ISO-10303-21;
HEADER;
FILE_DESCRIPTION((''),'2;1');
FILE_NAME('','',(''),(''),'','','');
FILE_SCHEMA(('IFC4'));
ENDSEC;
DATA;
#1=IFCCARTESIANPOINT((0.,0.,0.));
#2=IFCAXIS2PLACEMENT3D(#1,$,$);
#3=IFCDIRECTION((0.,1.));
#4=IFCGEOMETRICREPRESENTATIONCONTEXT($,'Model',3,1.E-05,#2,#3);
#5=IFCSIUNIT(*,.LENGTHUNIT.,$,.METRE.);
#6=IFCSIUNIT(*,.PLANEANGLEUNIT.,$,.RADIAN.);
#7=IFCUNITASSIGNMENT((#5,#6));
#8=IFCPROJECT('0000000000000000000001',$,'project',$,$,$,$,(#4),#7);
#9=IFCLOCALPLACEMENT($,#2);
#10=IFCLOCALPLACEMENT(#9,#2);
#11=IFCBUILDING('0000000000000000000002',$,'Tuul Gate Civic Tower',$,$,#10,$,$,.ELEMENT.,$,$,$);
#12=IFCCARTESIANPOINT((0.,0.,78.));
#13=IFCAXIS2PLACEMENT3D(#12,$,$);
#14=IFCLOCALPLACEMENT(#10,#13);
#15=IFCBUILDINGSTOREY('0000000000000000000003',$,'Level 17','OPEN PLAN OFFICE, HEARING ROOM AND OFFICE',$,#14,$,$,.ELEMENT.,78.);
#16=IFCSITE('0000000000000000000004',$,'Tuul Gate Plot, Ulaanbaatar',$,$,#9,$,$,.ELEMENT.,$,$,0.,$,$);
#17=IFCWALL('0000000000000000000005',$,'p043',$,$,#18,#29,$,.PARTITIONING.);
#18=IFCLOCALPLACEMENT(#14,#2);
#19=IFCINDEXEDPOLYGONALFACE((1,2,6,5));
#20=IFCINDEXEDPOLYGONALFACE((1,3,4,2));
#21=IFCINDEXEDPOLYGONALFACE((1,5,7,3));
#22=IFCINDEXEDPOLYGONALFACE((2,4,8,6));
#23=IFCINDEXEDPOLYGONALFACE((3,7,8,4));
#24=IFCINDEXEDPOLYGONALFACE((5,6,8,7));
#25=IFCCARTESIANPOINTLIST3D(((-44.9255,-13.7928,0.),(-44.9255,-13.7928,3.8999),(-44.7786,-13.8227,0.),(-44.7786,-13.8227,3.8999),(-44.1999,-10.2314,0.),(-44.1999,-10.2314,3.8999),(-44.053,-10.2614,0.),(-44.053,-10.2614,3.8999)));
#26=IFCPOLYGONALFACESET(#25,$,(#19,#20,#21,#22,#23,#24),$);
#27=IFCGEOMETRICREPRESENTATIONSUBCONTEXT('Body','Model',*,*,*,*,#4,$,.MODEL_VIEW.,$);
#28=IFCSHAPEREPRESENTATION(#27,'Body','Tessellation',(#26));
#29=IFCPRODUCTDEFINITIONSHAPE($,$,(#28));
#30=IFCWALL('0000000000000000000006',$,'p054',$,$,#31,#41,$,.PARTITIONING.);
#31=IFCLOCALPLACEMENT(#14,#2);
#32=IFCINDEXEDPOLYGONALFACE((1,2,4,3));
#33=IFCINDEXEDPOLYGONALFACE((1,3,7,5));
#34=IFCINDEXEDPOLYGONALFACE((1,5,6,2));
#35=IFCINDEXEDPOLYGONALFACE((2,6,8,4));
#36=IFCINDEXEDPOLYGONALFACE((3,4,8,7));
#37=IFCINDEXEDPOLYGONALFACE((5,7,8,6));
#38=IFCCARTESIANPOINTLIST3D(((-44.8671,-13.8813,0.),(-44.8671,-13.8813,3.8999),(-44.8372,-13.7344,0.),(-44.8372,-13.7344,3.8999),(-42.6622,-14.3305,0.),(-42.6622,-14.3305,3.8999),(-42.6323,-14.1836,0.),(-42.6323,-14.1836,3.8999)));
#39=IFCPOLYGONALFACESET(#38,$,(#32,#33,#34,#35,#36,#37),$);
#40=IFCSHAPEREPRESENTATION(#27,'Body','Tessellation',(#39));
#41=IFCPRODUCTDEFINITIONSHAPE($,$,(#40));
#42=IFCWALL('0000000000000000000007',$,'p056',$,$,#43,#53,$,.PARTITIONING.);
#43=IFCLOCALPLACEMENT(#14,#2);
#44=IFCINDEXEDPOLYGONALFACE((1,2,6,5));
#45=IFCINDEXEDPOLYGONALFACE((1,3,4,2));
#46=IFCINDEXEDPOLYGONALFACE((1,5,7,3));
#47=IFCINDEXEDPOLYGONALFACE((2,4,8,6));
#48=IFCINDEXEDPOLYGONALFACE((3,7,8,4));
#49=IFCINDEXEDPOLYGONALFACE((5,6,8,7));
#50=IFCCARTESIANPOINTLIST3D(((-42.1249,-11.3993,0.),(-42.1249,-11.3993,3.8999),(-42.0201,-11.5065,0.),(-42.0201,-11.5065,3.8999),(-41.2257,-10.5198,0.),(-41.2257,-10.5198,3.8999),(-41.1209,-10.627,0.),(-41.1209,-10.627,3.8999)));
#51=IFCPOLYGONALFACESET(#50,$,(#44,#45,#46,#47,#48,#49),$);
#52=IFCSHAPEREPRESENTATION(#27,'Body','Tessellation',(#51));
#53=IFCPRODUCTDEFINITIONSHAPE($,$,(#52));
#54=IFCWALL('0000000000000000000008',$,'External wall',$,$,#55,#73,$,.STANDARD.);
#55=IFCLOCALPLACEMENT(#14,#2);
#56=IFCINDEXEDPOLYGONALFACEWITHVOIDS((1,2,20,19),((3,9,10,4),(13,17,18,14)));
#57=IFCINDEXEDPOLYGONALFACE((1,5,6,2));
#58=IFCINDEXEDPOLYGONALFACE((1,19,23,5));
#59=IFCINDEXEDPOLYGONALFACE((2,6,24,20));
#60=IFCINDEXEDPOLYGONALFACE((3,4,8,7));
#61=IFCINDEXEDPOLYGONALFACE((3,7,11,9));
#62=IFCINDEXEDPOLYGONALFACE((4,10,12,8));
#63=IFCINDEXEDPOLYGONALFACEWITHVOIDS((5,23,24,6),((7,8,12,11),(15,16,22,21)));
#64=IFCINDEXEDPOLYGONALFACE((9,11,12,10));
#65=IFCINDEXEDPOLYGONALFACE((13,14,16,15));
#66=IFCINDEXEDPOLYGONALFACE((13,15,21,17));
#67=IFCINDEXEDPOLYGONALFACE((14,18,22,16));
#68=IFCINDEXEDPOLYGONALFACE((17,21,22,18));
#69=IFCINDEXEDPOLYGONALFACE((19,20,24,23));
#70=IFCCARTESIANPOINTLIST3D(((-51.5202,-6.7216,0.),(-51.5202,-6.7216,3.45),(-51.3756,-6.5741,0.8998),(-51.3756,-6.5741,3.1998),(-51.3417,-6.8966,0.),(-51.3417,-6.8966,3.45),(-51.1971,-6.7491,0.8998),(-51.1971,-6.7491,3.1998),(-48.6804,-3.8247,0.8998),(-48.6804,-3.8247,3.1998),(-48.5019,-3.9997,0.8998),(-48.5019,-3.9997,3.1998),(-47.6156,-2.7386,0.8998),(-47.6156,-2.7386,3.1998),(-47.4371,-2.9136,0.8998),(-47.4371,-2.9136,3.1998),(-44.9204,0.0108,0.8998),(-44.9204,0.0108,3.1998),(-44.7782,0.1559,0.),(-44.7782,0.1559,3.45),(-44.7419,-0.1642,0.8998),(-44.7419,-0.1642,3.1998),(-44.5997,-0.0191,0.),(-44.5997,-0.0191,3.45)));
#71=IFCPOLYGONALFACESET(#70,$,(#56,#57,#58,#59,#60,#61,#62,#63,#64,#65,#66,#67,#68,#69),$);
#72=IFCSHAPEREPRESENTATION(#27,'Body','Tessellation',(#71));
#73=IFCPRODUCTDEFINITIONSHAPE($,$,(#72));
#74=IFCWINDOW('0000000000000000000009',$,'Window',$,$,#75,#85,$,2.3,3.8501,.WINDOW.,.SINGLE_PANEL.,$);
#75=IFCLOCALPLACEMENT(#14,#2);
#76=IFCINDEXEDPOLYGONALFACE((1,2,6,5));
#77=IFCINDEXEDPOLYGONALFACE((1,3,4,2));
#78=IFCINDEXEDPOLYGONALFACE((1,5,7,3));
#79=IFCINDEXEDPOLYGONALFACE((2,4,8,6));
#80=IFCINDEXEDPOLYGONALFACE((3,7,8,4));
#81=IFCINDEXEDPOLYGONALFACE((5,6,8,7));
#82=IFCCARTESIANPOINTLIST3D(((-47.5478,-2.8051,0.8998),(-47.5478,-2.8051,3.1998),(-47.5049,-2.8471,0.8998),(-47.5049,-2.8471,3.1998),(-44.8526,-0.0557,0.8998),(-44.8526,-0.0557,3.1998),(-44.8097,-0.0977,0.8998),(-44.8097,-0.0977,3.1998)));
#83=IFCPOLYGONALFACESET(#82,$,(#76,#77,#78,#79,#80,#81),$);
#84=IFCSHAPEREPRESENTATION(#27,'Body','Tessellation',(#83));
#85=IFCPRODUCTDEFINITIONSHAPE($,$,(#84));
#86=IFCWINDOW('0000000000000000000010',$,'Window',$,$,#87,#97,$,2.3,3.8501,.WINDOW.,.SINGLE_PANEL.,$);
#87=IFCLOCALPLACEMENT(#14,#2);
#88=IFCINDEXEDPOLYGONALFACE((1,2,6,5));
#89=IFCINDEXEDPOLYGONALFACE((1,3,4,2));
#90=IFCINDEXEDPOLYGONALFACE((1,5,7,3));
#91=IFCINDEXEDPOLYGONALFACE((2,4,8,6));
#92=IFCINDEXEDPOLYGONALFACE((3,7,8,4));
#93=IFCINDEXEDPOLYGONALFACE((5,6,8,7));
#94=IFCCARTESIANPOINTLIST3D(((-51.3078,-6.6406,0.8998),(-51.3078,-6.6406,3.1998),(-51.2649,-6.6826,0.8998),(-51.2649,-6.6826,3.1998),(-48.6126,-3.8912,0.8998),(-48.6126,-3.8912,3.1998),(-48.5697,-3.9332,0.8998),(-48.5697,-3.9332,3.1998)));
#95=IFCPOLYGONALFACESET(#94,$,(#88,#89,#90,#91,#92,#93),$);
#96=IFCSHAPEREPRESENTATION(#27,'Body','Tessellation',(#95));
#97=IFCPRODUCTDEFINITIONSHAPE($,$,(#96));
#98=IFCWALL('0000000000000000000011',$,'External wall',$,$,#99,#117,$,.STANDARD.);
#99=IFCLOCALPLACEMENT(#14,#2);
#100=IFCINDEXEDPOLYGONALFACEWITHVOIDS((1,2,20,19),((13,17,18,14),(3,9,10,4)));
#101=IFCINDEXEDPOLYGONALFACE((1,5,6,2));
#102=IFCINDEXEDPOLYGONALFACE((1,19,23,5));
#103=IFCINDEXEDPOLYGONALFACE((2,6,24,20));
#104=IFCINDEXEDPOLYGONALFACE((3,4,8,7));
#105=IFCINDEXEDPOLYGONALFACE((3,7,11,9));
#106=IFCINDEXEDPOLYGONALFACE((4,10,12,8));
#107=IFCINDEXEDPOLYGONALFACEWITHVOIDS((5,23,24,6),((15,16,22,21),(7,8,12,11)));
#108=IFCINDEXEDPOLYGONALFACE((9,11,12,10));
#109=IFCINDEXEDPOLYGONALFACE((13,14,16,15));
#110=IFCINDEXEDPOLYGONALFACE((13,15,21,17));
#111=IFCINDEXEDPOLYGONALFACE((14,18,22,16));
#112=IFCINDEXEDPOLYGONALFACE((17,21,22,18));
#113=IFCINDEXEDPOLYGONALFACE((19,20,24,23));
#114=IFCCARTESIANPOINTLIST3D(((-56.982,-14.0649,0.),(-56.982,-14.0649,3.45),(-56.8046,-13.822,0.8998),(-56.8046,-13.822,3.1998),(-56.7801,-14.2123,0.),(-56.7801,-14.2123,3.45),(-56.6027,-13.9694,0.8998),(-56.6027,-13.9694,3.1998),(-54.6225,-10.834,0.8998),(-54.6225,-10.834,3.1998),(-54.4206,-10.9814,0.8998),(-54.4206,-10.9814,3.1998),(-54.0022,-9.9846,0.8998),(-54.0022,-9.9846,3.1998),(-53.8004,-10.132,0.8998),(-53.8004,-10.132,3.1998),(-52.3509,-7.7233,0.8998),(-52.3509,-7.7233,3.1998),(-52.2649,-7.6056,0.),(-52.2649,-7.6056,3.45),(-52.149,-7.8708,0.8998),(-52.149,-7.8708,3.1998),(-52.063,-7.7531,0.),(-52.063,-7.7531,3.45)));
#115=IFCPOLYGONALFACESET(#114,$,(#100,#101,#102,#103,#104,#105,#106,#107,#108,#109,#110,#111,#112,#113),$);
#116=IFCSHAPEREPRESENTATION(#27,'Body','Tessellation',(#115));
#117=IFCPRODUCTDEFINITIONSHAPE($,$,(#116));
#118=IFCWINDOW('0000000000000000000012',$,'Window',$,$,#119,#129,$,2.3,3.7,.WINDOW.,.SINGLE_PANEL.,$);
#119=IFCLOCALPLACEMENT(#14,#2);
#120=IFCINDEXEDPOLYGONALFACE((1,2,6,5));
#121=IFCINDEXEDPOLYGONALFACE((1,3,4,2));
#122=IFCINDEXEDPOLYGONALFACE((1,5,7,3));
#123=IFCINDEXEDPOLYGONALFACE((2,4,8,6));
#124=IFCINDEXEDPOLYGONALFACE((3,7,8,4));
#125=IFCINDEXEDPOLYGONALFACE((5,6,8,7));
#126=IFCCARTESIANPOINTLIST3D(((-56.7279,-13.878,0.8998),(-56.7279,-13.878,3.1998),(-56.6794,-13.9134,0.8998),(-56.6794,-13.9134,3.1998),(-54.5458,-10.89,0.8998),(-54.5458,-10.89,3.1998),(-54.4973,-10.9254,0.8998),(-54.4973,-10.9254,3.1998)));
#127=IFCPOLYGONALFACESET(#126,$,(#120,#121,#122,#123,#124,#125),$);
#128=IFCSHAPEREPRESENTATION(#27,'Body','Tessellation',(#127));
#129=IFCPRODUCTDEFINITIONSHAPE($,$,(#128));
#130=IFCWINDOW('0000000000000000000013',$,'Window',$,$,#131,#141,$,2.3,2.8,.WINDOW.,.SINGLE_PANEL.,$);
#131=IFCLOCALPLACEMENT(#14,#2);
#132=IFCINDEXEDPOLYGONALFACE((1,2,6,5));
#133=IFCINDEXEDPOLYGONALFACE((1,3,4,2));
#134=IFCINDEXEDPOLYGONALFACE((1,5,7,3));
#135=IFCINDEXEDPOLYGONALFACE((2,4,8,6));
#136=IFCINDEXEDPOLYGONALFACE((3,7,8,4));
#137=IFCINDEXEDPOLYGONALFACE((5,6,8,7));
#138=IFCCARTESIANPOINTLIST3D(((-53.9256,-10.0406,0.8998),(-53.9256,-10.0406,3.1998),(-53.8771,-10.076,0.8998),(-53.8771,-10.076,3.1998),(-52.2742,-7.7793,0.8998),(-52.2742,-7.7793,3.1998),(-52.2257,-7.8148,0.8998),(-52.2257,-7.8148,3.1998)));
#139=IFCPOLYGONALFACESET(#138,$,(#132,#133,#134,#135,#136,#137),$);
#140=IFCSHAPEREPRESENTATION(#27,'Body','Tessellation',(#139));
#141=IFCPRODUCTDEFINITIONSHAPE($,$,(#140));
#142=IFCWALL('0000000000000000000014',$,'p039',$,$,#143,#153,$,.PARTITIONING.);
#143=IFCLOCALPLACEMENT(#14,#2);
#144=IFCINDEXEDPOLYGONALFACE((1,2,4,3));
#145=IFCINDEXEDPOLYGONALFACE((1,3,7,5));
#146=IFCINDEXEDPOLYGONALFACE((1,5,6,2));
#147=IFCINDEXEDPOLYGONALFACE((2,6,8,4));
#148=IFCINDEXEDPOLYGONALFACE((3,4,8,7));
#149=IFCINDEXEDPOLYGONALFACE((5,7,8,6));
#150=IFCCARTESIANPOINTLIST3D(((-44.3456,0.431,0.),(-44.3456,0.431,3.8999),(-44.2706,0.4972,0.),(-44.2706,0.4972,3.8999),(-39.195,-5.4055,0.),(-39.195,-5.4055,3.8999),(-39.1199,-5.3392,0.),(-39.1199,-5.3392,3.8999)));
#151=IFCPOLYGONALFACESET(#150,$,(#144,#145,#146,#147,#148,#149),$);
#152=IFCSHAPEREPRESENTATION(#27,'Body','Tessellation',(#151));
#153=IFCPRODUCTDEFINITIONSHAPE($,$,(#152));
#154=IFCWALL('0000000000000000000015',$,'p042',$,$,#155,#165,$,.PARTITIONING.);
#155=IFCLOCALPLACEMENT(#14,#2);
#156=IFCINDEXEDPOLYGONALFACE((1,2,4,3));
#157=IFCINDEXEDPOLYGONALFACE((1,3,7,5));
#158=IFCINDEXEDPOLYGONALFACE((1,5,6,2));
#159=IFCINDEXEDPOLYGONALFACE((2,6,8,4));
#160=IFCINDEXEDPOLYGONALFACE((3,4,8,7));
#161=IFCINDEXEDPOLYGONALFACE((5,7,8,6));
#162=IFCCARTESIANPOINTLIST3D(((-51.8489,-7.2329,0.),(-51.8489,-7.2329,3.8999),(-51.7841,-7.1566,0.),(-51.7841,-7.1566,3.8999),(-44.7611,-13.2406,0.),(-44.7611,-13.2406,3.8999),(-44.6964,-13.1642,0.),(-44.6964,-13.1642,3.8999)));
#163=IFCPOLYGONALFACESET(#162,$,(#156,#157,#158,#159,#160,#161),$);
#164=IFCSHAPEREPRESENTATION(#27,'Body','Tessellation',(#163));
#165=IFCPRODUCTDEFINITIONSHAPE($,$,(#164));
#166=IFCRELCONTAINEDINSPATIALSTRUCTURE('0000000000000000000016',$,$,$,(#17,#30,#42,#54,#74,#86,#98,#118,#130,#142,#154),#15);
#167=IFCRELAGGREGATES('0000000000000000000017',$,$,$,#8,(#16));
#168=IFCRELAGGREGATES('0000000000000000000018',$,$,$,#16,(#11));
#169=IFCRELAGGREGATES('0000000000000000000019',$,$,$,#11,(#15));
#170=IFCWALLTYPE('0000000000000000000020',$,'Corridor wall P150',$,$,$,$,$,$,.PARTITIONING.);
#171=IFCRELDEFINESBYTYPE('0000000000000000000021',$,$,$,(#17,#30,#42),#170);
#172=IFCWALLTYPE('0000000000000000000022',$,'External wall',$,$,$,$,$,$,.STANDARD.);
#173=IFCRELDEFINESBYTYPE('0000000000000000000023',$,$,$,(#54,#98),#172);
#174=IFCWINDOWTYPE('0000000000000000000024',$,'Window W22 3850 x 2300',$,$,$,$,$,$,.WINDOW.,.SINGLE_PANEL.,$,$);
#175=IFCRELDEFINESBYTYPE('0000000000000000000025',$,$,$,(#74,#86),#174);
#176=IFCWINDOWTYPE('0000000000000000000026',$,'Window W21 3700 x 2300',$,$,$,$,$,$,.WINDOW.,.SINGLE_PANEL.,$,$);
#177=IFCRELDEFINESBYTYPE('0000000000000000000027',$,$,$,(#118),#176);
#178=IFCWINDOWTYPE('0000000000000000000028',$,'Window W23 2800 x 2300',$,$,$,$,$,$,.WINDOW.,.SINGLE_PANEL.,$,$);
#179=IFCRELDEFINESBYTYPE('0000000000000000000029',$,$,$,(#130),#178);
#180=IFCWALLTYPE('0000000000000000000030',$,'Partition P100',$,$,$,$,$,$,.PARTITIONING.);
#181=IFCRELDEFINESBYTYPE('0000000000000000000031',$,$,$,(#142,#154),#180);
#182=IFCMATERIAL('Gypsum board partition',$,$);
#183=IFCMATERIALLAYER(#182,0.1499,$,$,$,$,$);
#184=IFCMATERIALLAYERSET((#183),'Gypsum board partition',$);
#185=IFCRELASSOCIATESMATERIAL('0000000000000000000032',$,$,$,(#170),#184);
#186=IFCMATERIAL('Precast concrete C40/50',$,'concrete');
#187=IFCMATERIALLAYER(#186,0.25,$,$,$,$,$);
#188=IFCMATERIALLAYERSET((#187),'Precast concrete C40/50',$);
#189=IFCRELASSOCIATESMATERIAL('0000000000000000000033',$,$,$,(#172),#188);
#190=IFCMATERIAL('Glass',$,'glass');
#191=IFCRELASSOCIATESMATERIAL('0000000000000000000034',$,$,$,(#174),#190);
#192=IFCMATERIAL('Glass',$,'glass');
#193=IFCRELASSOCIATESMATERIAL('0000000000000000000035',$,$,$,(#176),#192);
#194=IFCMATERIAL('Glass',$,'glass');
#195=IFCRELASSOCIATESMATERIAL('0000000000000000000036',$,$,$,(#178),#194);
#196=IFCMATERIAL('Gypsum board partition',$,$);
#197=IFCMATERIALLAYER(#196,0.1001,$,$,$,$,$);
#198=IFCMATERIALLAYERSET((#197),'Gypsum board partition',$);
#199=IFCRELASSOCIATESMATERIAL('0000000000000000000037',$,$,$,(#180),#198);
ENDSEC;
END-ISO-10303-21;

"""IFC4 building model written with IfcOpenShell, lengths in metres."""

from ifc_helpers import new_model, si_unit, direction, frame, frame_2d, origin, place, context, subcontext, project, spatial, rectangle, extrude, material, layer, layer_set, type_object, element, fill, save


model = new_model("IFC4")

# Units and contexts
model_context = context("Model", 3, precision=1e-05, world=origin(), true_north=direction((0.0, 1.0)))
body_context = subcontext(model_context, "Body", "Model", "MODEL_VIEW")
ifc_project = project(units=[si_unit("LENGTHUNIT", "METRE"), si_unit("PLANEANGLEUNIT", "RADIAN")], contexts=[model_context])

# Site, building, storey
site_placement = place(None, origin())
site = spatial("IfcSite", under=ifc_project, at=site_placement, Name="Tuul Gate Plot, Ulaanbaatar", CompositionType="ELEMENT", RefElevation=0.0)
building_placement = place(site_placement, origin())
building = spatial("IfcBuilding", under=site, at=building_placement, Name="Tuul Gate Civic Tower", CompositionType="ELEMENT")
storey_placement = place(building_placement, frame((0.0, 0.0, 78.0)))
storey = spatial("IfcBuildingStorey", under=building, at=storey_placement, Name="Level 17", Description="OPEN PLAN OFFICE, HEARING ROOM AND OFFICE", CompositionType="ELEMENT", Elevation=78.0)

# Shared definitions
ifc_material_1 = material(Name="Gypsum board partition")
ifc_layer_1 = layer(ifc_material_1, 0.1499)
ifc_layer_set_1 = layer_set([ifc_layer_1], Name="Gypsum board partition")
wall_type_1 = type_object("IfcWallType", Name="Corridor wall P150", PredefinedType="PARTITIONING", material=ifc_layer_set_1)

# Walls
wall_1_placement = place(storey_placement, frame((-44.8521, -13.8079, 0.0), z_axis=(0.0, 0.0, 1.0), x_axis=(0.199642, 0.979869, 0.0)))
element("IfcWall", 1, at=wall_1_placement, inside=storey, type_object=wall_type_1, Name="p043", PredefinedType="PARTITIONING", context=body_context, shape_type="SweptSolid", body=[
    extrude(rectangle(XDim=3.6345, YDim=0.1499, at=frame_2d((1.8174, 0.0))), origin(), (0.0, 0.0, 1.0), 3.8999),
])
wall_2_placement = place(storey_placement, frame((-44.8521, -13.8079, 0.0), z_axis=(0.0, 0.0, 1.0), x_axis=(0.979869, -0.199641, 0.0)))
element("IfcWall", 2, at=wall_2_placement, inside=storey, type_object=wall_type_1, Name="p054", PredefinedType="PARTITIONING", context=body_context, shape_type="SweptSolid", body=[
    extrude(rectangle(XDim=2.2502, YDim=0.1499, at=frame_2d((1.125, 0.0))), origin(), (0.0, 0.0, 1.0), 3.8999),
])
wall_3_placement = place(storey_placement, frame((-42.0725, -11.4529, 0.0), z_axis=(0.0, 0.0, 1.0), x_axis=(0.714925, 0.699201, 0.0)))
element("IfcWall", 3, at=wall_3_placement, inside=storey, type_object=wall_type_1, Name="p056", PredefinedType="PARTITIONING", context=body_context, shape_type="SweptSolid", body=[
    extrude(rectangle(XDim=1.2578, YDim=0.1499, at=frame_2d((0.6289, 0.0))), origin(), (0.0, 0.0, 1.0), 3.8999),
])

# Walls, openings, windows
ifc_material_2 = material(Name="Precast concrete C40/50", Category="concrete")
ifc_layer_2 = layer(ifc_material_2, 0.25)
ifc_layer_set_2 = layer_set([ifc_layer_2], Name="Precast concrete C40/50")
wall_type_2 = type_object("IfcWallType", Name="External wall", PredefinedType="STANDARD", material=ifc_layer_set_2)
wall_4_placement = place(storey_placement, frame((-44.689, 0.0684, 0.0), z_axis=(0.0, 0.0, 1.0), x_axis=(-0.700037, -0.714106, 0.0)))
wall_4 = element("IfcWall", 4, at=wall_4_placement, inside=storey, type_object=wall_type_2, Name="External wall", PredefinedType="STANDARD", context=body_context, shape_type="SweptSolid", body=[
    extrude(rectangle(XDim=9.6309, YDim=0.25, at=frame_2d((4.8154, 0.0))), origin(), (0.0, 0.0, 1.0), 3.45),
])
opening_1_placement = place(wall_4_placement, frame((0.2031, 0.0, 0.8999)))
opening_1 = element("IfcOpeningElement", 5, at=opening_1_placement, cuts=wall_4, PredefinedType="OPENING", context=body_context, shape_type="SweptSolid", body=[
    extrude(rectangle(XDim=3.8501, YDim=2.3, at=frame_2d((1.925, 1.1499))), frame((0.0, 0.135, 0.0), z_axis=(0.0, -1.0, 0.0), x_axis=(1.0, 0.0, 0.0)), (0.0, 0.0, 1.0), 0.27),
])
opening_2_placement = place(wall_4_placement, frame((5.5742, 0.0, 0.8999)))
opening_2 = element("IfcOpeningElement", 6, at=opening_2_placement, cuts=wall_4, PredefinedType="OPENING", context=body_context, shape_type="SweptSolid", body=[
    extrude(rectangle(XDim=3.8501, YDim=2.3, at=frame_2d((1.925, 1.1499))), frame((0.0, 0.135, 0.0), z_axis=(0.0, -1.0, 0.0), x_axis=(1.0, 0.0, 0.0)), (0.0, 0.0, 1.0), 0.27),
])
ifc_material_3 = material(Name="Glass", Category="glass")
window_type_1 = type_object("IfcWindowType", Name="Window W22 3850 x 2300", PartitioningType="SINGLE_PANEL", PredefinedType="WINDOW", material=ifc_material_3)
window_1_placement = place(opening_1_placement, origin())
window_1 = element("IfcWindow", 7, at=window_1_placement, inside=storey, type_object=window_type_1, Name="Window", OverallHeight=2.3, OverallWidth=3.8501, PartitioningType="SINGLE_PANEL", PredefinedType="WINDOW", context=body_context, shape_type="SweptSolid", body=[
    extrude(rectangle(XDim=3.8501, YDim=2.3, at=frame_2d((1.925, 1.1499))), frame((0.0, 0.03, 0.0), z_axis=(0.0, -1.0, 0.0), x_axis=(1.0, 0.0, 0.0)), (0.0, 0.0, 1.0), 0.0601),
])
fill(opening_1, window_1)
window_2_placement = place(opening_2_placement, origin())
window_2 = element("IfcWindow", 8, at=window_2_placement, inside=storey, type_object=window_type_1, Name="Window", OverallHeight=2.3, OverallWidth=3.8501, PartitioningType="SINGLE_PANEL", PredefinedType="WINDOW", context=body_context, shape_type="SweptSolid", body=[
    extrude(rectangle(XDim=3.8501, YDim=2.3, at=frame_2d((1.925, 1.1499))), frame((0.0, 0.03, 0.0), z_axis=(0.0, -1.0, 0.0), x_axis=(1.0, 0.0, 0.0)), (0.0, 0.0, 1.0), 0.0601),
])
fill(opening_2, window_2)
wall_5_placement = place(storey_placement, frame((-52.1641, -7.6794, 0.0), z_axis=(0.0, 0.0, 1.0), x_axis=(-0.589759, -0.80758, 0.0)))
wall_5 = element("IfcWall", 9, at=wall_5_placement, inside=storey, type_object=wall_type_2, Name="External wall", PredefinedType="STANDARD", context=body_context, shape_type="SweptSolid", body=[
    extrude(rectangle(XDim=7.9983, YDim=0.25, at=frame_2d((3.999, 0.0))), origin(), (0.0, 0.0, 1.0), 3.45),
])
opening_3_placement = place(wall_5_placement, frame((0.1458, 0.0, 0.8999)))
opening_3 = element("IfcOpeningElement", 10, at=opening_3_placement, cuts=wall_5, PredefinedType="OPENING", context=body_context, shape_type="SweptSolid", body=[
    extrude(rectangle(XDim=2.8, YDim=2.3, at=frame_2d((1.3999, 1.1499))), frame((0.0, 0.135, 0.0), z_axis=(0.0, -1.0, 0.0), x_axis=(1.0, 0.0, 0.0)), (0.0, 0.0, 1.0), 0.27),
])
opening_4_placement = place(wall_5_placement, frame((3.9973, 0.0, 0.8999)))
opening_4 = element("IfcOpeningElement", 11, at=opening_4_placement, cuts=wall_5, PredefinedType="OPENING", context=body_context, shape_type="SweptSolid", body=[
    extrude(rectangle(XDim=3.7, YDim=2.3, at=frame_2d((1.8501, 1.1499))), frame((0.0, 0.135, 0.0), z_axis=(0.0, -1.0, 0.0), x_axis=(1.0, 0.0, 0.0)), (0.0, 0.0, 1.0), 0.27),
])
ifc_material_4 = material(Name="Glass", Category="glass")
window_type_2 = type_object("IfcWindowType", Name="Window W21 3700 x 2300", PartitioningType="SINGLE_PANEL", PredefinedType="WINDOW", material=ifc_material_4)
window_3_placement = place(opening_4_placement, origin())
window_3 = element("IfcWindow", 12, at=window_3_placement, inside=storey, type_object=window_type_2, Name="Window", OverallHeight=2.3, OverallWidth=3.7, PartitioningType="SINGLE_PANEL", PredefinedType="WINDOW", context=body_context, shape_type="SweptSolid", body=[
    extrude(rectangle(XDim=3.7, YDim=2.3, at=frame_2d((1.8501, 1.1499))), frame((0.0, 0.03, 0.0), z_axis=(0.0, -1.0, 0.0), x_axis=(1.0, 0.0, 0.0)), (0.0, 0.0, 1.0), 0.0601),
])
fill(opening_4, window_3)
ifc_material_5 = material(Name="Glass", Category="glass")
window_type_3 = type_object("IfcWindowType", Name="Window W23 2800 x 2300", PartitioningType="SINGLE_PANEL", PredefinedType="WINDOW", material=ifc_material_5)
window_4_placement = place(opening_3_placement, origin())
window_4 = element("IfcWindow", 13, at=window_4_placement, inside=storey, type_object=window_type_3, Name="Window", OverallHeight=2.3, OverallWidth=2.8, PartitioningType="SINGLE_PANEL", PredefinedType="WINDOW", context=body_context, shape_type="SweptSolid", body=[
    extrude(rectangle(XDim=2.8, YDim=2.3, at=frame_2d((1.3999, 1.1499))), frame((0.0, 0.03, 0.0), z_axis=(0.0, -1.0, 0.0), x_axis=(1.0, 0.0, 0.0)), (0.0, 0.0, 1.0), 0.0601),
])
fill(opening_3, window_4)

# Walls
ifc_material_6 = material(Name="Gypsum board partition")
ifc_layer_3 = layer(ifc_material_6, 0.1001)
ifc_layer_set_3 = layer_set([ifc_layer_3], Name="Gypsum board partition")
wall_type_3 = type_object("IfcWallType", Name="Partition P100", PredefinedType="PARTITIONING", material=ifc_layer_set_3)
wall_6_placement = place(storey_placement, frame((-44.3081, 0.4641, 0.0), z_axis=(0.0, 0.0, 1.0), x_axis=(0.661683, -0.749784, 0.0)))
element("IfcWall", 14, at=wall_6_placement, inside=storey, type_object=wall_type_3, Name="p039", PredefinedType="PARTITIONING", context=body_context, shape_type="SweptSolid", body=[
    extrude(rectangle(XDim=7.7842, YDim=0.1001, at=frame_2d((3.8921, 0.0))), origin(), (0.0, 0.0, 1.0), 3.8999),
])
wall_7_placement = place(storey_placement, frame((-51.8164, -7.1948, 0.0), z_axis=(0.0, 0.0, 1.0), x_axis=(0.762838, -0.64659, 0.0)))
element("IfcWall", 15, at=wall_7_placement, inside=storey, type_object=wall_type_3, Name="p042", PredefinedType="PARTITIONING", context=body_context, shape_type="SweptSolid", body=[
    extrude(rectangle(XDim=9.2913, YDim=0.1001, at=frame_2d((4.6455, 0.0))), origin(), (0.0, 0.0, 1.0), 3.8999),
])

save(model, "model.ifc")
